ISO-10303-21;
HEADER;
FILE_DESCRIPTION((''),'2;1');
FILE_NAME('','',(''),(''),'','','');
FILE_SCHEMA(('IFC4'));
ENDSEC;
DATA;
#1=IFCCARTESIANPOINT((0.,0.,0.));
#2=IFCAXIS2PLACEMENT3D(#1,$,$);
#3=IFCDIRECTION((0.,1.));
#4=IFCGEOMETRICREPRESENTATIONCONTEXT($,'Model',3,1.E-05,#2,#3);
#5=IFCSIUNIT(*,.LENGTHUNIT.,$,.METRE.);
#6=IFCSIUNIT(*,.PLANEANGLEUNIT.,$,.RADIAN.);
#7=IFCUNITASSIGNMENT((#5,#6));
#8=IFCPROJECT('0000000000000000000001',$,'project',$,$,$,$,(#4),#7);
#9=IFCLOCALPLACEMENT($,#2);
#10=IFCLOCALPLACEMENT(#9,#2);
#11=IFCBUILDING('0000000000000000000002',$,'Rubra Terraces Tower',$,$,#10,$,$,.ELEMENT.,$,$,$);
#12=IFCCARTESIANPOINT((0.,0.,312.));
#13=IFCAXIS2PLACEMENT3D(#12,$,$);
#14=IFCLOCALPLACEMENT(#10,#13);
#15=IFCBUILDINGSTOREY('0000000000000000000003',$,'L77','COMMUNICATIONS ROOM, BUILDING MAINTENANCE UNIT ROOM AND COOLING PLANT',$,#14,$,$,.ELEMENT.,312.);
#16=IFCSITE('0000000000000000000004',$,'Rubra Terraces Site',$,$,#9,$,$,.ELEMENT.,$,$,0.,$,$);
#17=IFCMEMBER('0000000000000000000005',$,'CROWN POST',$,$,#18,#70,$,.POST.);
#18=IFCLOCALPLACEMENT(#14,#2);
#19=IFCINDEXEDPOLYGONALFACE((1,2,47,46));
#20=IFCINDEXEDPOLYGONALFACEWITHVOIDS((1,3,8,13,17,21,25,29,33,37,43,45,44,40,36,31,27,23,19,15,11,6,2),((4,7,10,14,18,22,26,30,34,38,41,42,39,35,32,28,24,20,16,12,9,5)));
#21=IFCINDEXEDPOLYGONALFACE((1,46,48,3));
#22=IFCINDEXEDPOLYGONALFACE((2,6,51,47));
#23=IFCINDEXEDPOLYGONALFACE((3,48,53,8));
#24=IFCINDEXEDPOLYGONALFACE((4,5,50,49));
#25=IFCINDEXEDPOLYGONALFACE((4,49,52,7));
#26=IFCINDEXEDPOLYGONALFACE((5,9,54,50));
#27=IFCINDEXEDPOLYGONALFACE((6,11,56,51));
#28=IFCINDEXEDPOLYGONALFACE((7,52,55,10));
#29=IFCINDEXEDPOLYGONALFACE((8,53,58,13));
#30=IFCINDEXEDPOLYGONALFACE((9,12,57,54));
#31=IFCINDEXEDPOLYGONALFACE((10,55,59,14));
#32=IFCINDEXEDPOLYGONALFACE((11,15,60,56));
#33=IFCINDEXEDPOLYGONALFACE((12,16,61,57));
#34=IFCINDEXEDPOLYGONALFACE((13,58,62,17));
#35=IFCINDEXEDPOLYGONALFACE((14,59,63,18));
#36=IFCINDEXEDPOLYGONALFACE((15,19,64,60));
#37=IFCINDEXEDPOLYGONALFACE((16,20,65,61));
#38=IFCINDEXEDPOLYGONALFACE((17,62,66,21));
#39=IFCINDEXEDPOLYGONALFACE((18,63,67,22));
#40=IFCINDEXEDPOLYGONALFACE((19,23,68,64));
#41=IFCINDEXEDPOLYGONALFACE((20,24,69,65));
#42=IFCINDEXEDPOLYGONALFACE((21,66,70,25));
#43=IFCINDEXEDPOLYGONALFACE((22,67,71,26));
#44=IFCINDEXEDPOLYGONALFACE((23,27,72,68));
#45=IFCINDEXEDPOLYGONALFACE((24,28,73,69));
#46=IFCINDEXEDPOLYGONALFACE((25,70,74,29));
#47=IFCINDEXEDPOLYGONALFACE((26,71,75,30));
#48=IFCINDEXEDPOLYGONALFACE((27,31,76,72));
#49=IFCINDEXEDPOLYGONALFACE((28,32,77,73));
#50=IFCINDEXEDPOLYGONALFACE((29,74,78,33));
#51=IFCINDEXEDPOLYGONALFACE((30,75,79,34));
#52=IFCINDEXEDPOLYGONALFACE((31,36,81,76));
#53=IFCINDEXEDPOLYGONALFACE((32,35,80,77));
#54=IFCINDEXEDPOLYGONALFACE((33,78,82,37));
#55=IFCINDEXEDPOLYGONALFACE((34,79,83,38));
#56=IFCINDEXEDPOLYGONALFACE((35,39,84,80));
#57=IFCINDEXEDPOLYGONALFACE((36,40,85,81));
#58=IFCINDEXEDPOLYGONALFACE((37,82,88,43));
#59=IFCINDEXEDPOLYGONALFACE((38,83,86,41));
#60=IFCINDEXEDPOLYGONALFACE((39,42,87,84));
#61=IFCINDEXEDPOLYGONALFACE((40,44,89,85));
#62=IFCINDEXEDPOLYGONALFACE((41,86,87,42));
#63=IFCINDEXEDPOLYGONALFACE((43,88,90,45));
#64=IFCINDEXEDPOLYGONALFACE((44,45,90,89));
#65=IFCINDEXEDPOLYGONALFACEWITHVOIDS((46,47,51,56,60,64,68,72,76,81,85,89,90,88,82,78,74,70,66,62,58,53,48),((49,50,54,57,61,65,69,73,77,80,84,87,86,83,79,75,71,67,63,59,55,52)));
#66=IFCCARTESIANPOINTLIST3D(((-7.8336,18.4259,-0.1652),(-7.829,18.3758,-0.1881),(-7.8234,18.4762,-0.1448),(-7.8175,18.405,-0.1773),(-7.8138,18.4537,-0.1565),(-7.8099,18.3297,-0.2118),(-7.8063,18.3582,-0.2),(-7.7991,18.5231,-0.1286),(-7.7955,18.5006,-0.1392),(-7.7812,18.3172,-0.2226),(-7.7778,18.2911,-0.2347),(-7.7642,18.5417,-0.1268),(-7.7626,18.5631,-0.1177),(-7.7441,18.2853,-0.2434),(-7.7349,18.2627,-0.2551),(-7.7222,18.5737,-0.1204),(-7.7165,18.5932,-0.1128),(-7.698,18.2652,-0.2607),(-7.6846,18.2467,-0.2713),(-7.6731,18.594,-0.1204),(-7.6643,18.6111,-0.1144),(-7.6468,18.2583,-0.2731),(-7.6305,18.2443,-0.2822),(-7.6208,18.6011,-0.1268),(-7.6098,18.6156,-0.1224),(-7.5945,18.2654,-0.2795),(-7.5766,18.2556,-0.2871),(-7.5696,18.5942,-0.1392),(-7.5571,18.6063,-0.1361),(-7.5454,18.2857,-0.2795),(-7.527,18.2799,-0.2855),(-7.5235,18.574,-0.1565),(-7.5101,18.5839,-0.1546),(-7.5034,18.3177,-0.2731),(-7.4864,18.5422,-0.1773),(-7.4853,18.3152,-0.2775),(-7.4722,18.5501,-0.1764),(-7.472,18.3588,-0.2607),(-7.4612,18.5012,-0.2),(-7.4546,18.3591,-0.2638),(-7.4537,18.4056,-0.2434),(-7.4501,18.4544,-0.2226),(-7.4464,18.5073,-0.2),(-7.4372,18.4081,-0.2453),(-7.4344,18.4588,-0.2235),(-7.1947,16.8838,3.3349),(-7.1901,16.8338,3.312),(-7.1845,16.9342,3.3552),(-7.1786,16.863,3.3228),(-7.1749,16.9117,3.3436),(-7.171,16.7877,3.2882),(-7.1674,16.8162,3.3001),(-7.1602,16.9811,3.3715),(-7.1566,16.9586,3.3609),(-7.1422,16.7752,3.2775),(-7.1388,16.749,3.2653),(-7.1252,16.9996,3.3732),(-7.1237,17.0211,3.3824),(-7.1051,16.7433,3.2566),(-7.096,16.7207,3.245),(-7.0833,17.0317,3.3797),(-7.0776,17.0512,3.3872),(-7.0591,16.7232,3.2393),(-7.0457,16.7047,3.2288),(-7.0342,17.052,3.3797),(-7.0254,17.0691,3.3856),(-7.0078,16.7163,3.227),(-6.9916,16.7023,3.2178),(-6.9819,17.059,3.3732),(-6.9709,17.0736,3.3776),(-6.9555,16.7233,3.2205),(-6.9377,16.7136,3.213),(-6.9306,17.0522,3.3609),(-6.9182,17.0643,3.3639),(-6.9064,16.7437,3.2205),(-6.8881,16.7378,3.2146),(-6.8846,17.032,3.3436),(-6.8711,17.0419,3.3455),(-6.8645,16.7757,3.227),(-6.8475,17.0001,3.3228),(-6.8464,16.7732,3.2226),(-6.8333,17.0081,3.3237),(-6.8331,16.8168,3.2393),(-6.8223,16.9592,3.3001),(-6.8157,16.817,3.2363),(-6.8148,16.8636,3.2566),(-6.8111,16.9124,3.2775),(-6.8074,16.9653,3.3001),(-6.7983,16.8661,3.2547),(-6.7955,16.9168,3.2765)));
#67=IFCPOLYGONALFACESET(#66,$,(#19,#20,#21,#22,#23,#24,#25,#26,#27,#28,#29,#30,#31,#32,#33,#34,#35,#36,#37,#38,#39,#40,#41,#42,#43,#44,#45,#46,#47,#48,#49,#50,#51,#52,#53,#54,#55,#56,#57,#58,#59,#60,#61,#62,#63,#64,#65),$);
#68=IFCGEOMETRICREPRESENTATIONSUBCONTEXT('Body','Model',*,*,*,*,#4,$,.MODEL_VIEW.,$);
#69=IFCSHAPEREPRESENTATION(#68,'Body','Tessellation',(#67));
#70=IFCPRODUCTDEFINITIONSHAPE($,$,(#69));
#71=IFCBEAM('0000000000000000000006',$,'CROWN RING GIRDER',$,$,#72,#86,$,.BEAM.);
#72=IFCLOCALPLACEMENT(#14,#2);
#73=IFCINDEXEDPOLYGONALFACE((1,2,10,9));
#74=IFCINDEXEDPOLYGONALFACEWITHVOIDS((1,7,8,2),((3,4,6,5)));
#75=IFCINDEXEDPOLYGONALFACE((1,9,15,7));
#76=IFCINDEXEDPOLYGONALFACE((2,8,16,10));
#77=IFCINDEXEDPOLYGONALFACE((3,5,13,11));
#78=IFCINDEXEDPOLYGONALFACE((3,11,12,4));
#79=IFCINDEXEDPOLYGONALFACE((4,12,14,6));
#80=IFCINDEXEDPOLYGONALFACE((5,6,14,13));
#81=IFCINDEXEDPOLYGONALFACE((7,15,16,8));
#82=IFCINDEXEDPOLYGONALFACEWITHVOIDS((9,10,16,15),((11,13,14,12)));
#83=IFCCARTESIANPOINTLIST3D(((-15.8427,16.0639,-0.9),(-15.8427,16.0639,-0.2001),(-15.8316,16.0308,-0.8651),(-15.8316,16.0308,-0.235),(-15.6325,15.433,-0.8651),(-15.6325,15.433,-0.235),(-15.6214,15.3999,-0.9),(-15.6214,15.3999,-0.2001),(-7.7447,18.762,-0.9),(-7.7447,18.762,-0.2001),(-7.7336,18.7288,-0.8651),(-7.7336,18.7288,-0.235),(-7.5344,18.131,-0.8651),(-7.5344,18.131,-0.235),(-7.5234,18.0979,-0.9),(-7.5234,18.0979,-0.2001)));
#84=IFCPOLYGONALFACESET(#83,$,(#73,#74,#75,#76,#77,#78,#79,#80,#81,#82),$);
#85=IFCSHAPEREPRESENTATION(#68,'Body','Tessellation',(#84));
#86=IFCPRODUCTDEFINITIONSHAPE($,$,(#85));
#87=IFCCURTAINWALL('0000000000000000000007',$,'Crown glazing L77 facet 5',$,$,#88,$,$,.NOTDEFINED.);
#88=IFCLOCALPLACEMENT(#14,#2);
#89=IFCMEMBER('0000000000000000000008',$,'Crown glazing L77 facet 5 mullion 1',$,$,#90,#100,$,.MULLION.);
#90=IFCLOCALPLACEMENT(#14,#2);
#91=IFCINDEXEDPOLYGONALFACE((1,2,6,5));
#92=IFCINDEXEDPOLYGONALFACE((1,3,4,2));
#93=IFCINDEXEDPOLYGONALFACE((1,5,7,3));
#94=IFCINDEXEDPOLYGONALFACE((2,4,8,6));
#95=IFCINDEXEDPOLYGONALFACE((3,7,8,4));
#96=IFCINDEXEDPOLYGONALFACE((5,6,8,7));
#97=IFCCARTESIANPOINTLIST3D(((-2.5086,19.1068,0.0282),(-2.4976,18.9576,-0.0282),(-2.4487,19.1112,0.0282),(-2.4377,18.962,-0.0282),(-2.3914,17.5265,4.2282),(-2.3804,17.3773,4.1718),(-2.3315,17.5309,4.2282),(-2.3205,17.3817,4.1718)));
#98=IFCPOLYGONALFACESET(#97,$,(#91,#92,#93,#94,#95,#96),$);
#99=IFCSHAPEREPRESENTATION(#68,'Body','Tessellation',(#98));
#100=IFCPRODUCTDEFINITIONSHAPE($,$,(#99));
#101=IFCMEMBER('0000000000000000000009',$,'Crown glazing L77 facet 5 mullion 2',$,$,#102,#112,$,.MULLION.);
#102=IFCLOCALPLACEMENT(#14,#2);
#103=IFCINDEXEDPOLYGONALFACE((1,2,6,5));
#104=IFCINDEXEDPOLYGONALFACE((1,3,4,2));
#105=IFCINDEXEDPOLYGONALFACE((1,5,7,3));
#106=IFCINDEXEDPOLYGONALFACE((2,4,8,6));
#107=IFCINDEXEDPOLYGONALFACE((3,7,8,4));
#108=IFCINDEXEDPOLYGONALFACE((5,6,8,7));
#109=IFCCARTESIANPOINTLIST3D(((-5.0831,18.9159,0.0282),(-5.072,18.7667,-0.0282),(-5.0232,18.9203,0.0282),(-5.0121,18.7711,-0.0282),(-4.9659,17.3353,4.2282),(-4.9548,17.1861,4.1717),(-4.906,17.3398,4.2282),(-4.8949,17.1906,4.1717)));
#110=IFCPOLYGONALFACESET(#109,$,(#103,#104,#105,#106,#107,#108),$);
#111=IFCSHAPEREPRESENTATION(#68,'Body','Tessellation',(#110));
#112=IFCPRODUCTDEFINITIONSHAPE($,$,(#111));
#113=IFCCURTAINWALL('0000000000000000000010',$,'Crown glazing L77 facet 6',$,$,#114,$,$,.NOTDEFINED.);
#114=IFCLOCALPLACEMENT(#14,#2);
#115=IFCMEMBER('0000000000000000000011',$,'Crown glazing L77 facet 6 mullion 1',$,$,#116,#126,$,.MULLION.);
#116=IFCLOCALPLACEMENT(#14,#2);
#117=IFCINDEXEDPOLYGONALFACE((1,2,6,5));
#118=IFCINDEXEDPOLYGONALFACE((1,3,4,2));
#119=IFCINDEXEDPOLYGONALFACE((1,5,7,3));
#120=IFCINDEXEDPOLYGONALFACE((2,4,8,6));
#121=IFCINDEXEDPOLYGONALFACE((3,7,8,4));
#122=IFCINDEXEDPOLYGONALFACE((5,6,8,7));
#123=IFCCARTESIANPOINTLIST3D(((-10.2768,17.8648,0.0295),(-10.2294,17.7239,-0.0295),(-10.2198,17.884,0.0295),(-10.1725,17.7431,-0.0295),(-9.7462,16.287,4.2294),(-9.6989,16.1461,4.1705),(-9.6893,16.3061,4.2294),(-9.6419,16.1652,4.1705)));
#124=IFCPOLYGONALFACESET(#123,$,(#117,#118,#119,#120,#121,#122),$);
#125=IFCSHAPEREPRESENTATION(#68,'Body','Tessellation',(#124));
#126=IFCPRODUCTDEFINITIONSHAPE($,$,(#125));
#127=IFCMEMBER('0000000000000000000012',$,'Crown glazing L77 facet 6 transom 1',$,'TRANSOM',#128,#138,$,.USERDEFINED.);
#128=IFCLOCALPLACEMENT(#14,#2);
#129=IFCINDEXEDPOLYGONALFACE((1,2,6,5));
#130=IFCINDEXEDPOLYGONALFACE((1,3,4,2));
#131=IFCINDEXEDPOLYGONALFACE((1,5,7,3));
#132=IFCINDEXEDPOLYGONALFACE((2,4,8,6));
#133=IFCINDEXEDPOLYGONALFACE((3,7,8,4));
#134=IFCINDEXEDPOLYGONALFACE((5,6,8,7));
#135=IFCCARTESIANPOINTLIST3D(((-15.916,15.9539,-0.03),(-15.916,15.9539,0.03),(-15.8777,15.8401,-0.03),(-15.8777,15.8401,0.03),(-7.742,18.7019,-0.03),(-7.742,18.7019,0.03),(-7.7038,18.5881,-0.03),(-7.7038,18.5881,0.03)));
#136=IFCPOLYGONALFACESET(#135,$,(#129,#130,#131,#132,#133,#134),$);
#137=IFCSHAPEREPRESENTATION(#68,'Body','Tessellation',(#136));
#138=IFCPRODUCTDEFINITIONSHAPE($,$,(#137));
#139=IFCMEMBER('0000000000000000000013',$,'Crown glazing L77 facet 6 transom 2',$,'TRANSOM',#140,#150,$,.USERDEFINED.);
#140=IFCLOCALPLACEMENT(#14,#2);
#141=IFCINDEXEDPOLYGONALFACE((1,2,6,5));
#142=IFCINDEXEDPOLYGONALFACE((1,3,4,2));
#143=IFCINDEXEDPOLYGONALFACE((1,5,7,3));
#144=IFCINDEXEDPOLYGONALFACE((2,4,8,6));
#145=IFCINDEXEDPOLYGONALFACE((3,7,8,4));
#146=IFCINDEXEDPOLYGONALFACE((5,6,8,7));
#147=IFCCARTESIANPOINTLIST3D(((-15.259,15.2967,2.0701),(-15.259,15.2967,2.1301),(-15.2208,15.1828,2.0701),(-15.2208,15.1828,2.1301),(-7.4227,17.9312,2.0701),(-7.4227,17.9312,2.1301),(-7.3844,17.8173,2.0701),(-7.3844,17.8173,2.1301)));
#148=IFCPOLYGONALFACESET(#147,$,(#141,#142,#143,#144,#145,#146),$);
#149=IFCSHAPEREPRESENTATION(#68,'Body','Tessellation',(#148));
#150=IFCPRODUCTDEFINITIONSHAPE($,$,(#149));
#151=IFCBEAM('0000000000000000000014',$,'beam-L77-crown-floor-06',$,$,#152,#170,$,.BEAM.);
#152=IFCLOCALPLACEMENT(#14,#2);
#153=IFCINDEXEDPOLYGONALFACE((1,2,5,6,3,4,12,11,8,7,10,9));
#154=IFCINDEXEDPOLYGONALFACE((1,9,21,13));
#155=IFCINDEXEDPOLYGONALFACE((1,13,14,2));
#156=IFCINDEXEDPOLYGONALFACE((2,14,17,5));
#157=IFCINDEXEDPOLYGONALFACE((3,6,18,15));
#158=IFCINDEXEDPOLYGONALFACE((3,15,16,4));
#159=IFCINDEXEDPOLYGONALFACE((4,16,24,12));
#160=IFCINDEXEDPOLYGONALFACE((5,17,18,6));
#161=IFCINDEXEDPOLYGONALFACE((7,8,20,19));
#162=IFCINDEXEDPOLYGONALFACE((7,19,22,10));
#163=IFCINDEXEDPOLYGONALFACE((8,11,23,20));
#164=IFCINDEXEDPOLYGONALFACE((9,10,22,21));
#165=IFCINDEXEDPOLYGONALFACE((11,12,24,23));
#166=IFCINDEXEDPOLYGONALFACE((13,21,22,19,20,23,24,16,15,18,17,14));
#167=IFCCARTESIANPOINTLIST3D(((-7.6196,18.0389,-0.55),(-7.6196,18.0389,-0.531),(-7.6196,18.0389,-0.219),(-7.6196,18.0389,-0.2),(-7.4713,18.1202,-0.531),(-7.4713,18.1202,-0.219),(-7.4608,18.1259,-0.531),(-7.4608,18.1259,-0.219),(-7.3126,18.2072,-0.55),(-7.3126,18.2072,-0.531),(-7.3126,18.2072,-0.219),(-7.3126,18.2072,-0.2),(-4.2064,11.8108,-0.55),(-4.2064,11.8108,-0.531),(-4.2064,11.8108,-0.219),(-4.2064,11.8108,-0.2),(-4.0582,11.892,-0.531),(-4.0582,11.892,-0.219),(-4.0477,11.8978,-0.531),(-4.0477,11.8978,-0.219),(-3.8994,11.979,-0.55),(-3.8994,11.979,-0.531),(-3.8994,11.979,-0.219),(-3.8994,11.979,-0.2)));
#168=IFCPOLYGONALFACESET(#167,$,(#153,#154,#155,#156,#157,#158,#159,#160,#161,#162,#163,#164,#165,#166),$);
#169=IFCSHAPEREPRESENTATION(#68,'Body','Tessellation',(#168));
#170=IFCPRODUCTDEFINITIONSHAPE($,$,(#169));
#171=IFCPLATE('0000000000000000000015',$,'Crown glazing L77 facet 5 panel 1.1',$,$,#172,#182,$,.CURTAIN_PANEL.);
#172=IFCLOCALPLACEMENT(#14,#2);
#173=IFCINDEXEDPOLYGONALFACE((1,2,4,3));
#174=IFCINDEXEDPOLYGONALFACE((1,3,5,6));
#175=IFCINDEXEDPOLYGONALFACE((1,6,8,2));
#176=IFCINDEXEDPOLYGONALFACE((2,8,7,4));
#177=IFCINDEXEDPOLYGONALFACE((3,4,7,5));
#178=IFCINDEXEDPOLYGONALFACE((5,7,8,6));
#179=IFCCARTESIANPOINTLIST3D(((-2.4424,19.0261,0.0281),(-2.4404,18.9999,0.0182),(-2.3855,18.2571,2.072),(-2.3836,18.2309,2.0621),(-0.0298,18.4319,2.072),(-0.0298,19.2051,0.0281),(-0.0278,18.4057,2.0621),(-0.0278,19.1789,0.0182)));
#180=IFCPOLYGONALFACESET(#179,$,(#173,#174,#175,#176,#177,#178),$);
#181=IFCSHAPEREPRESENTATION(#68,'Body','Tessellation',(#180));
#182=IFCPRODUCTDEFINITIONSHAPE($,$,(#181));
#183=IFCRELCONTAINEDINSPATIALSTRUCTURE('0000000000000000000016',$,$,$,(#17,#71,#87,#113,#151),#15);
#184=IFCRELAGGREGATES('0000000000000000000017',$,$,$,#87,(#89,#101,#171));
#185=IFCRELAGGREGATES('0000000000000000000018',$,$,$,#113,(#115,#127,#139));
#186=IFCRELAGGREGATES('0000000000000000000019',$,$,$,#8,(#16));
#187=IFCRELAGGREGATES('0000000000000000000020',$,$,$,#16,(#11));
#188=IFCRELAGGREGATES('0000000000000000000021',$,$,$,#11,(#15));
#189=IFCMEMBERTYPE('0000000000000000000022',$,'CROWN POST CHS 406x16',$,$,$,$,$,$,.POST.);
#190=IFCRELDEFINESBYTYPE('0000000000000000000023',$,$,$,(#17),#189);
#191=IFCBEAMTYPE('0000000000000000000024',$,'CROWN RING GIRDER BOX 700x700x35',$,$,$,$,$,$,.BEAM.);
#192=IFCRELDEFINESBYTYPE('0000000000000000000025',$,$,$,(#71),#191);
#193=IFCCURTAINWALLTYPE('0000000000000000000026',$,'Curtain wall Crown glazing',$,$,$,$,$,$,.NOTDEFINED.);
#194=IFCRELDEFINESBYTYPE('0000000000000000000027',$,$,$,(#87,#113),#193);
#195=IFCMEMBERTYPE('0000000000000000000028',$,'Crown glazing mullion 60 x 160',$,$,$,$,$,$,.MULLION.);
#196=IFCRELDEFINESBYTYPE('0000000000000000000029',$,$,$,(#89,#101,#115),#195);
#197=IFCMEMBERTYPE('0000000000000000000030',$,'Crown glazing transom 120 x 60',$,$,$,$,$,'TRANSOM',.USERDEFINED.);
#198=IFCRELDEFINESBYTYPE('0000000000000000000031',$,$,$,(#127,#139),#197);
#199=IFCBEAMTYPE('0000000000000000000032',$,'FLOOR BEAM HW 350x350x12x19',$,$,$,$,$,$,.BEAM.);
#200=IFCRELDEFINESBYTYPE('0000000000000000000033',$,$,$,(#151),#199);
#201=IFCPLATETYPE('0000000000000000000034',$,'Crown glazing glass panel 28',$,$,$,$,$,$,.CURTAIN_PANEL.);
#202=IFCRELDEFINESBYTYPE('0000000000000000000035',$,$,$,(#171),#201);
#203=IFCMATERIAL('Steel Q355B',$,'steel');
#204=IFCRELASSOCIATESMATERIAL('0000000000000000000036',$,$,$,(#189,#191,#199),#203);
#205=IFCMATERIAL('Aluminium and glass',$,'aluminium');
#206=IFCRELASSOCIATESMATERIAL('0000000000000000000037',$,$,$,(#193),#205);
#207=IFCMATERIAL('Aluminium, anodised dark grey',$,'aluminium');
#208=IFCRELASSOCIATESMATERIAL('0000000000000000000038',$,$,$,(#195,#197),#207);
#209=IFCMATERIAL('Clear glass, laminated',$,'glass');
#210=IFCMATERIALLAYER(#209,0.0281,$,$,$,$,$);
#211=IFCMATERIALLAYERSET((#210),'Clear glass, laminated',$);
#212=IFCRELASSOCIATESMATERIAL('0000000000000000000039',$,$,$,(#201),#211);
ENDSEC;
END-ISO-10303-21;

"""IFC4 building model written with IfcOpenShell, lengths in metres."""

from ifc_helpers import new_model, si_unit, direction, frame, origin, origin_2d, place, context, subcontext, project, spatial, polyline, rectangle, hollow_rectangle, hollow_circle, i_section, outline, extrude, material, layer, layer_set, material_profile, profile_set, type_object, element, aggregate, save


model = new_model("IFC4")

# Units and contexts
model_context = context("Model", 3, precision=1e-05, world=origin(), true_north=direction((0.0, 1.0)))
body_context = subcontext(model_context, "Body", "Model", "MODEL_VIEW")
ifc_project = project(units=[si_unit("LENGTHUNIT", "METRE"), si_unit("PLANEANGLEUNIT", "RADIAN")], contexts=[model_context])

# Site, building, storey
site_placement = place(None, origin())
site = spatial("IfcSite", under=ifc_project, at=site_placement, Name="Rubra Terraces Site", CompositionType="ELEMENT", RefElevation=0.0)
building_placement = place(site_placement, origin())
building = spatial("IfcBuilding", under=site, at=building_placement, Name="Rubra Terraces Tower", CompositionType="ELEMENT")
storey_placement = place(building_placement, frame((0.0, 0.0, 312.0)))
storey = spatial("IfcBuildingStorey", under=building, at=storey_placement, Name="L77", Description="COMMUNICATIONS ROOM, BUILDING MAINTENANCE UNIT ROOM AND COOLING PLANT", CompositionType="ELEMENT", Elevation=312.0)

# Member
ifc_material_1 = material(Name="Steel Q355B", Category="steel")
ifc_material_profile_1 = material_profile(ifc_material_1, hollow_circle(Radius=0.2029, WallThickness=0.0161, at=origin_2d()), Name="CHS 406x16")
ifc_profile_set_1 = profile_set([ifc_material_profile_1], Name="Steel Q355B")
member_type_1 = type_object("IfcMemberType", Name="CROWN POST CHS 406x16", PredefinedType="POST", material=ifc_profile_set_1)
member_1_placement = place(storey_placement, frame((-7.6338, 18.4297, -0.2), z_axis=(0.16477, -0.397664, 0.902615), x_axis=(0.923837, 0.382787, 0.0)))
element("IfcMember", 1, at=member_1_placement, inside=storey, type_object=member_type_1, Name="CROWN POST", PredefinedType="POST", context=body_context, shape_type="SweptSolid", body=[
    extrude(hollow_circle(Radius=0.2029, WallThickness=0.0161, at=origin_2d()), origin(), (0.0, 0.0, 1.0), 3.8777),
])

# Beam
ifc_material_profile_2 = material_profile(ifc_material_1, hollow_rectangle(XDim=0.7, YDim=0.7, WallThickness=0.0349, at=origin_2d()), Name="BOX 700x700x35")
ifc_profile_set_2 = profile_set([ifc_material_profile_2], Name="Steel Q355B")
beam_type_1 = type_object("IfcBeamType", Name="CROWN RING GIRDER BOX 700x700x35", PredefinedType="BEAM", material=ifc_profile_set_2)
beam_1_placement = place(storey_placement, frame((-7.634, 18.4299, -0.55), z_axis=(-0.948729, -0.31609, 0.0), x_axis=(0.31609, -0.948729, 0.0)))
element("IfcBeam", 2, at=beam_1_placement, inside=storey, type_object=beam_type_1, Name="CROWN RING GIRDER", PredefinedType="BEAM", context=body_context, shape_type="SweptSolid", body=[
    extrude(hollow_rectangle(XDim=0.7, YDim=0.7, WallThickness=0.0349, at=origin_2d()), origin(), (0.0, 0.0, 1.0), 8.5356),
])

# Curtain walls, members
ifc_material_2 = material(Name="Aluminium and glass", Category="aluminium")
curtain_wall_type = type_object("IfcCurtainWallType", Name="Curtain wall Crown glazing", PredefinedType="NOTDEFINED", material=ifc_material_2)
curtain_wall_1_placement = place(storey_placement, origin())
curtain_wall_1 = element("IfcCurtainWall", 3, at=curtain_wall_1_placement, inside=storey, type_object=curtain_wall_type, Name="Crown glazing L77 facet 5", PredefinedType="NOTDEFINED")
ifc_material_3 = material(Name="Aluminium, anodised dark grey", Category="aluminium")
ifc_material_profile_3 = material_profile(ifc_material_3, rectangle(XDim=0.0601, YDim=0.1599, at=origin_2d()), Name="AL 60x160")
ifc_profile_set_3 = profile_set([ifc_material_profile_3], Name="Aluminium, anodised dark grey")
member_type_2 = type_object("IfcMemberType", Name="Crown glazing mullion 60 x 160", PredefinedType="MULLION", material=ifc_profile_set_3)
member_2_placement = place(storey_placement, frame((-2.4731, 19.0344, 0.0), z_axis=(0.026106, -0.352047, 0.935618), x_axis=(0.997262, 0.073951, 0.0)))
member_2 = element("IfcMember", 4, at=member_2_placement, type_object=member_type_2, Name="Crown glazing L77 facet 5 mullion 1", PredefinedType="MULLION", context=body_context, shape_type="SweptSolid", body=[
    extrude(rectangle(XDim=0.0601, YDim=0.1599, at=origin_2d()), origin(), (0.0, 0.0, 1.0), 4.489),
])
member_3_placement = place(storey_placement, frame((-5.0476, 18.8435, 0.0), z_axis=(0.026105, -0.352094, 0.9356), x_axis=(0.997263, 0.07394, 0.0)))
member_3 = element("IfcMember", 5, at=member_3_placement, type_object=member_type_2, Name="Crown glazing L77 facet 5 mullion 2", PredefinedType="MULLION", context=body_context, shape_type="SweptSolid", body=[
    extrude(rectangle(XDim=0.0601, YDim=0.1599, at=origin_2d()), origin(), (0.0, 0.0, 1.0), 4.489),
])
curtain_wall_2_placement = place(storey_placement, origin())
curtain_wall_2 = element("IfcCurtainWall", 6, at=curtain_wall_2_placement, inside=storey, type_object=curtain_wall_type, Name="Crown glazing L77 facet 6", PredefinedType="NOTDEFINED")
member_4_placement = place(storey_placement, frame((-10.2246, 17.804, 0.0), z_axis=(0.117428, -0.349257, 0.92964), x_axis=(0.947859, 0.318691, 0.0)))
member_4 = element("IfcMember", 7, at=member_4_placement, type_object=member_type_2, Name="Crown glazing L77 facet 6 mullion 1", PredefinedType="MULLION", context=body_context, shape_type="SweptSolid", body=[
    extrude(rectangle(XDim=0.0601, YDim=0.1599, at=origin_2d()), origin(), (0.0, 0.0, 1.0), 4.5178),
])
ifc_material_profile_4 = material_profile(ifc_material_3, rectangle(XDim=0.1201, YDim=0.0601, at=origin_2d()), Name="AL 120x60")
ifc_profile_set_4 = profile_set([ifc_material_profile_4], Name="Aluminium, anodised dark grey")
member_type_3 = type_object("IfcMemberType", Name="Crown glazing transom 120 x 60", ElementType="TRANSOM", PredefinedType="USERDEFINED", material=ifc_profile_set_4)
member_5_placement = place(storey_placement, frame((-7.7229, 18.645, 0.0), z_axis=(-0.947868, -0.318664, 0.0), x_axis=(0.318664, -0.947868, 0.0)))
member_5 = element("IfcMember", 8, at=member_5_placement, type_object=member_type_3, Name="Crown glazing L77 facet 6 transom 1", ObjectType="TRANSOM", PredefinedType="USERDEFINED", context=body_context, shape_type="SweptSolid", body=[
    extrude(rectangle(XDim=0.1201, YDim=0.0601, at=origin_2d()), origin(), (0.0, 0.0, 1.0), 8.6235),
])
member_6_placement = place(storey_placement, frame((-7.4036, 17.8743, 2.1001), z_axis=(-0.947868, -0.318663, 0.0), x_axis=(0.318663, -0.947868, 0.0)))
member_6 = element("IfcMember", 9, at=member_6_placement, type_object=member_type_3, Name="Crown glazing L77 facet 6 transom 2", ObjectType="TRANSOM", PredefinedType="USERDEFINED", context=body_context, shape_type="SweptSolid", body=[
    extrude(rectangle(XDim=0.1201, YDim=0.0601, at=origin_2d()), origin(), (0.0, 0.0, 1.0), 8.2673),
])

# Beam
ifc_material_profile_5 = material_profile(ifc_material_1, i_section(OverallWidth=0.3501, OverallDepth=0.3501, WebThickness=0.012, FlangeThickness=0.019, at=origin_2d()), Name="HW 350x350x12x19")
ifc_profile_set_5 = profile_set([ifc_material_profile_5], Name="Steel Q355B")
beam_type_2 = type_object("IfcBeamType", Name="FLOOR BEAM HW 350x350x12x19", PredefinedType="BEAM", material=ifc_profile_set_5)
beam_2_placement = place(storey_placement, frame((-7.4661, 18.123, -0.375), z_axis=(0.480585, -0.876948, 0.0), x_axis=(0.876948, 0.480585, 0.0)))
element("IfcBeam", 10, at=beam_2_placement, inside=storey, type_object=beam_type_2, Name="beam-L77-crown-floor-06", PredefinedType="BEAM", context=body_context, shape_type="SweptSolid", body=[
    extrude(i_section(OverallWidth=0.3501, OverallDepth=0.3501, WebThickness=0.012, FlangeThickness=0.019, at=origin_2d()), origin(), (0.0, 0.0, 1.0), 7.1021),
])

# Plate
ifc_material_4 = material(Name="Clear glass, laminated", Category="glass")
ifc_layer_1 = layer(ifc_material_4, 0.0281)
ifc_layer_set_1 = layer_set([ifc_layer_1], Name="Clear glass, laminated")
plate_type = type_object("IfcPlateType", Name="Crown glazing glass panel 28", PredefinedType="CURTAIN_PANEL", material=ifc_layer_set_1)
plate_1_placement = place(storey_placement, frame((-0.0298, 19.2051, 0.0281), z_axis=(-0.069224, 0.933066, 0.352981), x_axis=(-0.997259, -0.073985, -0.000005)))
plate_1 = element("IfcPlate", 11, at=plate_1_placement, type_object=plate_type, Name="Crown glazing L77 facet 5 panel 1.1", PredefinedType="CURTAIN_PANEL", context=body_context, shape_type="SweptSolid", body=[
    extrude(outline(polyline([(0.0, 0.0), (2.4192, 0.0), (2.4194, 2.1846), (0.0572, 2.1846), (0.0, 0.0)])), origin(), (0.0, 0.0, -1.0), 0.0281),
])
aggregate(curtain_wall_1, [member_2, member_3, plate_1])
aggregate(curtain_wall_2, [member_4, member_5, member_6])

save(model, "model.ifc")
